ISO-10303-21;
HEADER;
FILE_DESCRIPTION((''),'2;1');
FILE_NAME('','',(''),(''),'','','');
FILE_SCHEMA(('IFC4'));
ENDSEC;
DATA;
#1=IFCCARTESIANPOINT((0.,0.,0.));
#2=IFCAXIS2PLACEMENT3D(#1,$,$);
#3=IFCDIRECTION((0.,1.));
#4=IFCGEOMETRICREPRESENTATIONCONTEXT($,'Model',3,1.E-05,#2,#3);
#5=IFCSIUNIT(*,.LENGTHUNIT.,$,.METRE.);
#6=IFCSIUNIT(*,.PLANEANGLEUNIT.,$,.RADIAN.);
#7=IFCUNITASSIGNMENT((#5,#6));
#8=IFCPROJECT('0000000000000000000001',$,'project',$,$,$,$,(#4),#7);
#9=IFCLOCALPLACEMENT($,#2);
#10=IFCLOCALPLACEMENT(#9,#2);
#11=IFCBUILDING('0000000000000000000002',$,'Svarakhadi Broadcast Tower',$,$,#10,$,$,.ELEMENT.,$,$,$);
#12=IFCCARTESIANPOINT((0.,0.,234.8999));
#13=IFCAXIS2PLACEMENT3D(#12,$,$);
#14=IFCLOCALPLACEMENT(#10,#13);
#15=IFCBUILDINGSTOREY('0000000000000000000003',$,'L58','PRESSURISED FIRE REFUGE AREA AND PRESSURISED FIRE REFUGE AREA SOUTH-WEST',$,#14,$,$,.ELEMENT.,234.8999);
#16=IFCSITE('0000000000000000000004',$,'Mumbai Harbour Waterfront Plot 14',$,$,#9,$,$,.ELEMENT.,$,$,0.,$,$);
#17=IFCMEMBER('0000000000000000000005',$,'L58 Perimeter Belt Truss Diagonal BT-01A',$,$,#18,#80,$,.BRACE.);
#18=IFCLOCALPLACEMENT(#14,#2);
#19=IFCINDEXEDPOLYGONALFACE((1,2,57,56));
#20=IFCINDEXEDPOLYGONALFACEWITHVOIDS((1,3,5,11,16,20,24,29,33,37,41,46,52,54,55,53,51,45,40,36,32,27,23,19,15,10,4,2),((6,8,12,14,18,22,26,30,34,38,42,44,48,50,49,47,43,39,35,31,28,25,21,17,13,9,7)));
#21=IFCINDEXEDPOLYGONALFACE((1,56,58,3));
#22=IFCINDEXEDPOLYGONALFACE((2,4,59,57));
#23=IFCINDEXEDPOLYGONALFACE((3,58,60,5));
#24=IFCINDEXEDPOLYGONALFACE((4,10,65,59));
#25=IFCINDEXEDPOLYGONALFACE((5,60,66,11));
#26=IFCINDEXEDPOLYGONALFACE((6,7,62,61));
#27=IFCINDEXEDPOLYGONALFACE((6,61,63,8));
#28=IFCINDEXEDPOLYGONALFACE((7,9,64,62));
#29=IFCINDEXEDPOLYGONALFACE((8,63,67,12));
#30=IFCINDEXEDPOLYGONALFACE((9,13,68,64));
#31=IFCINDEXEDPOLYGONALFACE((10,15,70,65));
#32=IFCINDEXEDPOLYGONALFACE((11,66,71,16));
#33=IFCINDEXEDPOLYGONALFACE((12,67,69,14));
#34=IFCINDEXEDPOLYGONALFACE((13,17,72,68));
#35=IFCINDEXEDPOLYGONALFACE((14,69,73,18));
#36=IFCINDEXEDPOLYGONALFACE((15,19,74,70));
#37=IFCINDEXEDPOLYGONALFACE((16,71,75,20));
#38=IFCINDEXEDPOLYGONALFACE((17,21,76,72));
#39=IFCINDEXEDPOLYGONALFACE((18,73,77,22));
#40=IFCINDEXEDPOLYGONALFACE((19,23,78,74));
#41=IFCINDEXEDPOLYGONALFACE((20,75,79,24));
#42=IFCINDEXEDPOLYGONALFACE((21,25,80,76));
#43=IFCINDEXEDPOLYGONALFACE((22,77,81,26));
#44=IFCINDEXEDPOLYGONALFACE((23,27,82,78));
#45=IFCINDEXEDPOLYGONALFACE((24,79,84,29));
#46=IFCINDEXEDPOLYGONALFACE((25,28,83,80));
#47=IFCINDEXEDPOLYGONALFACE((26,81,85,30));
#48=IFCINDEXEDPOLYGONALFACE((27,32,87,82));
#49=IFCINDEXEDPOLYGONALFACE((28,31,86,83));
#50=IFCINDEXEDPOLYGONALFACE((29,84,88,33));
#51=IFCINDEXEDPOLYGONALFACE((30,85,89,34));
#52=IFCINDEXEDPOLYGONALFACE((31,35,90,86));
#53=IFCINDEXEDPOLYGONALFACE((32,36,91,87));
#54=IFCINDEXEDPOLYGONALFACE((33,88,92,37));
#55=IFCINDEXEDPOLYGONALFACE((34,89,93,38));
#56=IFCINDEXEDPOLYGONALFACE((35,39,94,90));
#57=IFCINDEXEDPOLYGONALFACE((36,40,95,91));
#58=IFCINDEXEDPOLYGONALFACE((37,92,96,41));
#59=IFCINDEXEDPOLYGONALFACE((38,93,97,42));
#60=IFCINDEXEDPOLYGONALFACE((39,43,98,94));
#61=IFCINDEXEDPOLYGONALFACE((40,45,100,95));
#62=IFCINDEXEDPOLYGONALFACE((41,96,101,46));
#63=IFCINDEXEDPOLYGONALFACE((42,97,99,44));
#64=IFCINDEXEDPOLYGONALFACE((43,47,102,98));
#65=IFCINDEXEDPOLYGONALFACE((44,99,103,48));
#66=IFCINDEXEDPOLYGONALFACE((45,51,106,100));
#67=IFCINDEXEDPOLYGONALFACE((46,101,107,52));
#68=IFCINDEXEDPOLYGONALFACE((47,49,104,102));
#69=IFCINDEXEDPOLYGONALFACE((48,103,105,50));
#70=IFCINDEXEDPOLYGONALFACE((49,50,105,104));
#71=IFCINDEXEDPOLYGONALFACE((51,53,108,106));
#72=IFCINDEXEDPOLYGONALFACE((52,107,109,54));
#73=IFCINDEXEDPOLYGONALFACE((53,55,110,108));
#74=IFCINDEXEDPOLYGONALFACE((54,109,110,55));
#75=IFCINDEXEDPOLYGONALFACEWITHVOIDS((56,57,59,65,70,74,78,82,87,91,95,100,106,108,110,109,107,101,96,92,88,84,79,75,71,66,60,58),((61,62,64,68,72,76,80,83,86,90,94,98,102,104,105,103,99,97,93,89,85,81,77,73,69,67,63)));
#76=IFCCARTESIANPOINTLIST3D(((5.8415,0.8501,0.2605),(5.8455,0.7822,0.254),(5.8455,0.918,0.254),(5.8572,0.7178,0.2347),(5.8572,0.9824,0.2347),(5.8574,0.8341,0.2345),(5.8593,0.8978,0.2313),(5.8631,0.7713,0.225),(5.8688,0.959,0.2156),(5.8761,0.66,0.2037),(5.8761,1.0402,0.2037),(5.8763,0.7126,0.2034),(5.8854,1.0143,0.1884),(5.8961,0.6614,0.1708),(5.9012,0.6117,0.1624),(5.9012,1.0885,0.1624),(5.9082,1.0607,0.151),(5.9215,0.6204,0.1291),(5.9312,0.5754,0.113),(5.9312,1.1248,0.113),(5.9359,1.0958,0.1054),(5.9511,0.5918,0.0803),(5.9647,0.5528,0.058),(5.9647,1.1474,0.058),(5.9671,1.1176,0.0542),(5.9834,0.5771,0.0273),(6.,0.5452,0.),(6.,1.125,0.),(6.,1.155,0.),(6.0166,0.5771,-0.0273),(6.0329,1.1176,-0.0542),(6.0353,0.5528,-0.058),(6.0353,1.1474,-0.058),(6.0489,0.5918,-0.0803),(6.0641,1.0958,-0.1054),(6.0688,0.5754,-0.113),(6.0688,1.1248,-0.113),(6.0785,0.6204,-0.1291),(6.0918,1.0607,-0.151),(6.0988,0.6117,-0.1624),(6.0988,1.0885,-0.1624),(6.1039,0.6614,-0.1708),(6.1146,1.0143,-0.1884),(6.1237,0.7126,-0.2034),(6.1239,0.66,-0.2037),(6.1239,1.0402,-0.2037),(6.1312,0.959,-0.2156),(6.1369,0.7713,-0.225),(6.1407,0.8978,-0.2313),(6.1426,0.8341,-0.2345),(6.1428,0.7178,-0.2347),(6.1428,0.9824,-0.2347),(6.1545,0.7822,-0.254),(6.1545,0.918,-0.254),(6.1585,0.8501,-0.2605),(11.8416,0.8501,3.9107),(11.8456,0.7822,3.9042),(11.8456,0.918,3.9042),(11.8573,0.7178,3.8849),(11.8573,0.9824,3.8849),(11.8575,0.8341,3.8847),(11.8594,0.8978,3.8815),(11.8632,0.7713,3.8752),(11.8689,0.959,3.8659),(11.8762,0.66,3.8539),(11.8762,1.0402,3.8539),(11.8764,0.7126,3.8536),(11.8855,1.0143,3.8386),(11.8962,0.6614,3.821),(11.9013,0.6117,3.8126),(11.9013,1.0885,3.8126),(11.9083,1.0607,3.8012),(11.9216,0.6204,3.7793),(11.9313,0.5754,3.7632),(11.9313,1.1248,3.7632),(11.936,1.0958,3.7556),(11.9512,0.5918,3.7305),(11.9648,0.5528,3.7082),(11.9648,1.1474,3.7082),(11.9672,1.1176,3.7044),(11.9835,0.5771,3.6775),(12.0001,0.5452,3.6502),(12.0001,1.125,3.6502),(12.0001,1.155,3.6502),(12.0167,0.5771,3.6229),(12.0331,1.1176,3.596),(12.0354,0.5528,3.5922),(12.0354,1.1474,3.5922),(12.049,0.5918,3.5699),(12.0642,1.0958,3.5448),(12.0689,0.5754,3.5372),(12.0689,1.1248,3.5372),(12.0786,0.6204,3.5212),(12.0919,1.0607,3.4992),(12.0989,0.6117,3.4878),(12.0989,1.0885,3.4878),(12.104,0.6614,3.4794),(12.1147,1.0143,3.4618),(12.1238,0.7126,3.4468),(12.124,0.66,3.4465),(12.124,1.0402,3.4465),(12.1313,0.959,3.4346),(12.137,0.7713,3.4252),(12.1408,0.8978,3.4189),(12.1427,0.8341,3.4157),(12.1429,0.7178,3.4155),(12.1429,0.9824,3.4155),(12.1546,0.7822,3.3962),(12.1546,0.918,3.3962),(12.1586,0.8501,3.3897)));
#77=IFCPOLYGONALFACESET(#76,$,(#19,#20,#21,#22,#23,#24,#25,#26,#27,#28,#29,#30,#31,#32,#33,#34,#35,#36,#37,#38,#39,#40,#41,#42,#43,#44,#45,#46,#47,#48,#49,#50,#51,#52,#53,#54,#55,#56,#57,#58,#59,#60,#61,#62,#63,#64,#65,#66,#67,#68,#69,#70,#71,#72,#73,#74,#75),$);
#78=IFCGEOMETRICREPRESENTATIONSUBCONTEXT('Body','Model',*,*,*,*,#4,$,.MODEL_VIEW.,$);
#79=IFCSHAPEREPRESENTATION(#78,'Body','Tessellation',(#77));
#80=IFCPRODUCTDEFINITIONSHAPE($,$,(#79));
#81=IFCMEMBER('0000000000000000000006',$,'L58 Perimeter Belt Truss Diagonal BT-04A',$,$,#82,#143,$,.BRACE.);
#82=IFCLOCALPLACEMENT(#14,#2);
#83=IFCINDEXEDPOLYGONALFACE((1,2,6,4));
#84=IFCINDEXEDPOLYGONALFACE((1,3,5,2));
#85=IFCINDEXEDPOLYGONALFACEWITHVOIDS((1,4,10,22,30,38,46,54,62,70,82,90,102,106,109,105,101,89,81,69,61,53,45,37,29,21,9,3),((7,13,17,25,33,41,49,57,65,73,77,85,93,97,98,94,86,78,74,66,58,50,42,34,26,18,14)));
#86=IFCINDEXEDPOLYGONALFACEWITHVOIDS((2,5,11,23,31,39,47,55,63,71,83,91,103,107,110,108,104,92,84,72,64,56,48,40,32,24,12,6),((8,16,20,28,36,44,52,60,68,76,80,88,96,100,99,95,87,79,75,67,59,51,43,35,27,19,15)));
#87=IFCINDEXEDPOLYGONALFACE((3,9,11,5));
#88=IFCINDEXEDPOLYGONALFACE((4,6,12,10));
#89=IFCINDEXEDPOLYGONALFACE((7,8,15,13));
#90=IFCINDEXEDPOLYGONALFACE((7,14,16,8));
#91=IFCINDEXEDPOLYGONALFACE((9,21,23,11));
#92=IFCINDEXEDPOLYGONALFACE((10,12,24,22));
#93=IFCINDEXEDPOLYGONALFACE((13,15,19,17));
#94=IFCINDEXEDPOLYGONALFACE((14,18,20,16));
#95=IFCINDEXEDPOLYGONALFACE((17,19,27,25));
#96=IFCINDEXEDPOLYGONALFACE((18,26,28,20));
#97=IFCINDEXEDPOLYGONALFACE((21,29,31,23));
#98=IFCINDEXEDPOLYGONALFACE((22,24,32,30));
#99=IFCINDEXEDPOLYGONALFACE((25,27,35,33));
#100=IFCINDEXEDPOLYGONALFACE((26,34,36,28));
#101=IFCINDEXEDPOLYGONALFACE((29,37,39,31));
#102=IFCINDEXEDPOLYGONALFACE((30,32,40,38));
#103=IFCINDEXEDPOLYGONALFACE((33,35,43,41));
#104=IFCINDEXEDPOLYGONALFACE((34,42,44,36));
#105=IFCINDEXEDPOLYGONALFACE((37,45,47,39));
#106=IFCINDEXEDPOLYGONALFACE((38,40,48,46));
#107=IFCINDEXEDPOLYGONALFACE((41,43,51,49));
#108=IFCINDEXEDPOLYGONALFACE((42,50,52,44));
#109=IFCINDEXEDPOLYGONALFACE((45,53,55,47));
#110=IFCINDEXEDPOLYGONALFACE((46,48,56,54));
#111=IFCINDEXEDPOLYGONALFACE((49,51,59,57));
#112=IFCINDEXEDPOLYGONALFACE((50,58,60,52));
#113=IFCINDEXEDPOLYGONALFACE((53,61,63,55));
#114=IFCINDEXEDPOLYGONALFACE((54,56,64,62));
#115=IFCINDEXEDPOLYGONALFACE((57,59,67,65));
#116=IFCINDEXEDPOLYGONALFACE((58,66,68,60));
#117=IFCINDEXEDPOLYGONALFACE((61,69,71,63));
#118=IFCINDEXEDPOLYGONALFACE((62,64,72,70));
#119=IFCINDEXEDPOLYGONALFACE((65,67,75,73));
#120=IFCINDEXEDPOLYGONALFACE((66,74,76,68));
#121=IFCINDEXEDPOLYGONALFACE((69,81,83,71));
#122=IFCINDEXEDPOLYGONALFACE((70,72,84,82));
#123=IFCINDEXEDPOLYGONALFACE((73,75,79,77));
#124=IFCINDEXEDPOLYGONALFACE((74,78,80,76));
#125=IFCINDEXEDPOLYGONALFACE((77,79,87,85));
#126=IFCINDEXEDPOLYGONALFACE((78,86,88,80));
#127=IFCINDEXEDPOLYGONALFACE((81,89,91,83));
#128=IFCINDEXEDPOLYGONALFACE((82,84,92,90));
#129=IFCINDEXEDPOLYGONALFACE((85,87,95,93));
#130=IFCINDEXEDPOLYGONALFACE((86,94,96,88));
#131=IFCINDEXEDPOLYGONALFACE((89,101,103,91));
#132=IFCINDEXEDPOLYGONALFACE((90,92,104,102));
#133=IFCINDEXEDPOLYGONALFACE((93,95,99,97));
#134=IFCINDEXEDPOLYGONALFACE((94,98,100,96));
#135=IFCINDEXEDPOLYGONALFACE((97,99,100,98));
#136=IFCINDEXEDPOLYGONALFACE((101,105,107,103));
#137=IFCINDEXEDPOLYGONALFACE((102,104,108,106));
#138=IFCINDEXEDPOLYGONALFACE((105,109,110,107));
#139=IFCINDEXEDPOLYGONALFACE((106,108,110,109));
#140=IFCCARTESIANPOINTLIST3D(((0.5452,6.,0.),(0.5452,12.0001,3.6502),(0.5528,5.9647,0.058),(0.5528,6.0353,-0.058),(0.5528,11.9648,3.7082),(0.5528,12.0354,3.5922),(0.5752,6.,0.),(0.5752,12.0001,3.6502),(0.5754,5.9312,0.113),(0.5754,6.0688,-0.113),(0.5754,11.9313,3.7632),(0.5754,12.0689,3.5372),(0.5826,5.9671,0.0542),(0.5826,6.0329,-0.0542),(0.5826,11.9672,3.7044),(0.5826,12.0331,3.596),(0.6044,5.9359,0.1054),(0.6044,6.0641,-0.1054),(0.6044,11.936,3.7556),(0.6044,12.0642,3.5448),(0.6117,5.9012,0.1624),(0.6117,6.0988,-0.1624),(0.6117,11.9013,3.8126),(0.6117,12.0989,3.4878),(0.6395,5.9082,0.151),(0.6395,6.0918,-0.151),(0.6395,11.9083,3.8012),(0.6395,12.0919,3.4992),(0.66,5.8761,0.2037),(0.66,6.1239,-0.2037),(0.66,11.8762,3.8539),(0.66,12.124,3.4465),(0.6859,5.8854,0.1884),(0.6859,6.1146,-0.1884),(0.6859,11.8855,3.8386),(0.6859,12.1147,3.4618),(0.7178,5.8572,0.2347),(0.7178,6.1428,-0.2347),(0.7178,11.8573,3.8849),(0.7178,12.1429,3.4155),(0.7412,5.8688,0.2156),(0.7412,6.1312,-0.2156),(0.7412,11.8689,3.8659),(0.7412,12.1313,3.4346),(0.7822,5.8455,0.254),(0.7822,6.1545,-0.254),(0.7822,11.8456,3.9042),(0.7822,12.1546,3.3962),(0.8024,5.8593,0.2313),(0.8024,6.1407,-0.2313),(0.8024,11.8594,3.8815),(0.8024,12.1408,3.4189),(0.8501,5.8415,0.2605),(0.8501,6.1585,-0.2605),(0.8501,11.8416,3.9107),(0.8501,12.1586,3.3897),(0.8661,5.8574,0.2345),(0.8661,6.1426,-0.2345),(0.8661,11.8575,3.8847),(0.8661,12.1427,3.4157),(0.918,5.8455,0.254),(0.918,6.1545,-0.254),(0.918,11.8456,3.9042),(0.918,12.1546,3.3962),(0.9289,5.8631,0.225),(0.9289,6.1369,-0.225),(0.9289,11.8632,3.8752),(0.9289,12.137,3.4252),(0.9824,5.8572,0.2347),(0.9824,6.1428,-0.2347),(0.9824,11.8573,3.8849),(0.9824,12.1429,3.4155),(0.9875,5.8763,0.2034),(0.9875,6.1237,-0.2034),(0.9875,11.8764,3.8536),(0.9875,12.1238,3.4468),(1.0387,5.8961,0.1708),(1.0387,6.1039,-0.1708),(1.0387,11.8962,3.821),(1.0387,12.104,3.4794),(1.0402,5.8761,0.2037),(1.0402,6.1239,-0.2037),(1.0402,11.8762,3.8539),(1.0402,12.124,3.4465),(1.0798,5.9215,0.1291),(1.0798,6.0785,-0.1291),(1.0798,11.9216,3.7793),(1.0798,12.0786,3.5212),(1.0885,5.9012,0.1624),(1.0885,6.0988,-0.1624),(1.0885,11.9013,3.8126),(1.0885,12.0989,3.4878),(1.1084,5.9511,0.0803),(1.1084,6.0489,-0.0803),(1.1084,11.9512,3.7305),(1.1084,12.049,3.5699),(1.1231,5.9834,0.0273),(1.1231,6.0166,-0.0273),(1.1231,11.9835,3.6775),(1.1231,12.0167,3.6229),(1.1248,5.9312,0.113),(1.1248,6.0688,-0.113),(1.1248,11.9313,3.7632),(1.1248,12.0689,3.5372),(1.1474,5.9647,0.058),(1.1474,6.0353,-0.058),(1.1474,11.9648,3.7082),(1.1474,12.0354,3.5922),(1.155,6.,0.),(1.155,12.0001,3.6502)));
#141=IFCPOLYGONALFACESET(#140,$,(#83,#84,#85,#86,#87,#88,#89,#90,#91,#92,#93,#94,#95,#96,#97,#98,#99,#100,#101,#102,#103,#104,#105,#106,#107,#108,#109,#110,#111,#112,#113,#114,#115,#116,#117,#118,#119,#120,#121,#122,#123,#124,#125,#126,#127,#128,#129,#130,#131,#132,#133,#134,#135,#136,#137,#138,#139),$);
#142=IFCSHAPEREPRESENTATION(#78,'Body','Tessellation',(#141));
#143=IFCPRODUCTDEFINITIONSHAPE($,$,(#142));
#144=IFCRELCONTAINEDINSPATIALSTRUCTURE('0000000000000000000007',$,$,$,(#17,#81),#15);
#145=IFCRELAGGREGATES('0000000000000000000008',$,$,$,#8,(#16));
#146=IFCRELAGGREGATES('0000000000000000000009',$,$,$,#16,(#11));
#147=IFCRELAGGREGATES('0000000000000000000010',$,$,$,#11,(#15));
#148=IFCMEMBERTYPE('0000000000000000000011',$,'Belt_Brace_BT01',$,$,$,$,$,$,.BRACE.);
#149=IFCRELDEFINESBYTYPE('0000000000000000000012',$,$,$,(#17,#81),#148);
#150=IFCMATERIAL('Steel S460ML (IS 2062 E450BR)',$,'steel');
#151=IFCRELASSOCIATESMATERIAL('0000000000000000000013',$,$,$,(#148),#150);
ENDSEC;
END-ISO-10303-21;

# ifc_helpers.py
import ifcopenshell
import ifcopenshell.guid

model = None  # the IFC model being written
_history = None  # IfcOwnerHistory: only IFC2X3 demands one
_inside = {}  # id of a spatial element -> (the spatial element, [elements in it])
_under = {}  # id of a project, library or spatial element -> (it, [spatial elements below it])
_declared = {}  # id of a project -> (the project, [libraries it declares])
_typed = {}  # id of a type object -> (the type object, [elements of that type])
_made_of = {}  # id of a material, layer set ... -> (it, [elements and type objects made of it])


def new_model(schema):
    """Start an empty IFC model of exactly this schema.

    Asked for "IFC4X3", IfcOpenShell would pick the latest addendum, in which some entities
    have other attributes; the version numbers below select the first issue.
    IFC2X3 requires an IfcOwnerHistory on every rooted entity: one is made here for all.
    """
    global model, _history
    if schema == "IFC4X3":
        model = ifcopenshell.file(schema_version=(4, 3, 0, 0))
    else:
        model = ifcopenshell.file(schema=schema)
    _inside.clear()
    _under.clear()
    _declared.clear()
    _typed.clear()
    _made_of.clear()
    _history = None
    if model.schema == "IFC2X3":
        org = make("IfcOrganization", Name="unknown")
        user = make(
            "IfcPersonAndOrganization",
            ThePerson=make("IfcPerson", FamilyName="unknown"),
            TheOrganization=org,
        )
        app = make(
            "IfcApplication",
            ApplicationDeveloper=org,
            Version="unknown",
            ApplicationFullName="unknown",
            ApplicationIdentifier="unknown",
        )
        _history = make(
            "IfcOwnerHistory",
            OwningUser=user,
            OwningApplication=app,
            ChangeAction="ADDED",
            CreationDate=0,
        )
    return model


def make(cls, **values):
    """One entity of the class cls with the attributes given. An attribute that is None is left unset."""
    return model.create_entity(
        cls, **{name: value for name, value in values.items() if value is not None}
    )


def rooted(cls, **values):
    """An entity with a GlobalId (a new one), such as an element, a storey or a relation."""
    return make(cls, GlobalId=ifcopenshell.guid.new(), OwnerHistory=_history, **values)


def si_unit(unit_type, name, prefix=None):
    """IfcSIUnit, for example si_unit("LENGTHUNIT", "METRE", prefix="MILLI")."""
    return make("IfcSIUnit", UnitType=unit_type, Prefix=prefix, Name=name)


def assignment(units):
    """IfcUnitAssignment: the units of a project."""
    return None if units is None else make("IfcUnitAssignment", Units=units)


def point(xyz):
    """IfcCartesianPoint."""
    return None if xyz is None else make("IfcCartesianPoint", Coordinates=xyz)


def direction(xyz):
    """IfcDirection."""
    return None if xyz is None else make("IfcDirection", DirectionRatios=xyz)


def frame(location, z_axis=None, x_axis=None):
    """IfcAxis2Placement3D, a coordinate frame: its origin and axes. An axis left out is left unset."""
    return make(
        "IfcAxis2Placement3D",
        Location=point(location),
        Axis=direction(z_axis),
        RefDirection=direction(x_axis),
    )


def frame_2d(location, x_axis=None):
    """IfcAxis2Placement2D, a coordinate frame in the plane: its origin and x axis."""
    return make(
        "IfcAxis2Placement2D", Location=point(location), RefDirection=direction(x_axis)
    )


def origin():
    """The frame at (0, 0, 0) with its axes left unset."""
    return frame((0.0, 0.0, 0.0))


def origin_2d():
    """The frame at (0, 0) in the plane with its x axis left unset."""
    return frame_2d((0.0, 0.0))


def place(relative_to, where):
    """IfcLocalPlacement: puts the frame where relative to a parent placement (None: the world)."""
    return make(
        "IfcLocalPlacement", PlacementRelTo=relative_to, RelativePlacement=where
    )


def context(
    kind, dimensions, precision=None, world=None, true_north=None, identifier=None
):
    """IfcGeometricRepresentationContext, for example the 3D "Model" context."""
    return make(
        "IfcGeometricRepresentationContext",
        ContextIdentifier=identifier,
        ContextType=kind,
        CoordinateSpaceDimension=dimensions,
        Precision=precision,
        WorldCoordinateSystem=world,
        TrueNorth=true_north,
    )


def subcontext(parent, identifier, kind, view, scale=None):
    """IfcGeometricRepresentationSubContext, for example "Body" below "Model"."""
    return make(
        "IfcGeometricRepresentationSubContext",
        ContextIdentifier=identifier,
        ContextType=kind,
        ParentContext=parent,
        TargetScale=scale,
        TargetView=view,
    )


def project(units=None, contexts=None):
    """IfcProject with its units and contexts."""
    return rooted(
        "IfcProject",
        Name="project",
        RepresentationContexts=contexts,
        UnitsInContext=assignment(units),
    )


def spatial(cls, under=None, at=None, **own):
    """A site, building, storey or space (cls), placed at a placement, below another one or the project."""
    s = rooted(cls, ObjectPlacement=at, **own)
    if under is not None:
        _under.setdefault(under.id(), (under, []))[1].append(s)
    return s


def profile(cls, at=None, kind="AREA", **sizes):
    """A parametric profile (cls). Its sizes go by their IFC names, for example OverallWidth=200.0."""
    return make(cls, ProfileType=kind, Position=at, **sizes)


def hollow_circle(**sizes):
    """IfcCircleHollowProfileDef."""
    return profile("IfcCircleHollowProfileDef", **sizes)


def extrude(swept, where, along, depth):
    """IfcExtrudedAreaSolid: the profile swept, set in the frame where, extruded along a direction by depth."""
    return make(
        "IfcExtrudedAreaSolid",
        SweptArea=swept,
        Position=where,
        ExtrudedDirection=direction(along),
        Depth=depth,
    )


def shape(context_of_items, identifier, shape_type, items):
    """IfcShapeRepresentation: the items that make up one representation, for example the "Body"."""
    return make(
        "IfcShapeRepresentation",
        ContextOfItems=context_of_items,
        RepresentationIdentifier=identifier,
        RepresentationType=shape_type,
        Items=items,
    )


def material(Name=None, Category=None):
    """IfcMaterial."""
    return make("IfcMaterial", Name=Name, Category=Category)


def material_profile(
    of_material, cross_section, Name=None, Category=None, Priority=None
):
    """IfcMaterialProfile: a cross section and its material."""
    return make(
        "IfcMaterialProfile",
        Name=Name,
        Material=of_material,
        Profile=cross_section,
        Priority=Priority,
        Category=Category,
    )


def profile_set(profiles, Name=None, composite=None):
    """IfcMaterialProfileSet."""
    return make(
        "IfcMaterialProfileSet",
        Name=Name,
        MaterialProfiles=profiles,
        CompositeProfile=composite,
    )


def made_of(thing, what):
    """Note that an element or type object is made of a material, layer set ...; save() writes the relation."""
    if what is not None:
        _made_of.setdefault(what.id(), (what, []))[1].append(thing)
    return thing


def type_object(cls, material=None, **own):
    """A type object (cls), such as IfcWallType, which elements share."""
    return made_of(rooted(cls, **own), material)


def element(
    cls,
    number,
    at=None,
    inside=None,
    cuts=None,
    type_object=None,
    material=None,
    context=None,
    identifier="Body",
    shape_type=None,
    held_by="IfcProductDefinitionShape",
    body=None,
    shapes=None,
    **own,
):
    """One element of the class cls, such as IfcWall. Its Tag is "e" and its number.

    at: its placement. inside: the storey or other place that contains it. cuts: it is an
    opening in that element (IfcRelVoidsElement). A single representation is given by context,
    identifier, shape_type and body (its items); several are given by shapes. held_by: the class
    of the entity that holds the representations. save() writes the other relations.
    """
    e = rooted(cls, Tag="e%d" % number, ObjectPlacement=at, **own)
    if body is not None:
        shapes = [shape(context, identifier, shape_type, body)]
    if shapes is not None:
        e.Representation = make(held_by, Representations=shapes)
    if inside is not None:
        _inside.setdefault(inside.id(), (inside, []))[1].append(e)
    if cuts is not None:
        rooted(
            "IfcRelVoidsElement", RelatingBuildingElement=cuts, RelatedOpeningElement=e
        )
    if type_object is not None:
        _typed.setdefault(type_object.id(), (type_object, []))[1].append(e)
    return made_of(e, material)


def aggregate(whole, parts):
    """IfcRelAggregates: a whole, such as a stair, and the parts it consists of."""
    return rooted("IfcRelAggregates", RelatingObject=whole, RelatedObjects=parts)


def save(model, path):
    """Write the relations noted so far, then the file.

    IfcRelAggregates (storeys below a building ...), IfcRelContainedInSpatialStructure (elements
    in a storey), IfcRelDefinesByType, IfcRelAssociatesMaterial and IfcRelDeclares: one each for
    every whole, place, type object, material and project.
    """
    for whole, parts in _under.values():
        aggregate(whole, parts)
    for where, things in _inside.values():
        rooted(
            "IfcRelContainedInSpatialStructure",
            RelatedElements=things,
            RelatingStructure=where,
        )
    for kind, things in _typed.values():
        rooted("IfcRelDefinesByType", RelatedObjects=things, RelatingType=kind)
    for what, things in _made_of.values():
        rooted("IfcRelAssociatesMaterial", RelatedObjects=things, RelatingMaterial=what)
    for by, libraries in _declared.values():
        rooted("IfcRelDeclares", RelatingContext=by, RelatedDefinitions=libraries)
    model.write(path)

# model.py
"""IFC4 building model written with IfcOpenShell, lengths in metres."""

from ifc_helpers import new_model, si_unit, direction, frame, origin, origin_2d, place, context, subcontext, project, spatial, hollow_circle, extrude, material, material_profile, profile_set, type_object, element, save


model = new_model("IFC4")

# Units and contexts
model_context = context("Model", 3, precision=1e-05, world=origin(), true_north=direction((0.0, 1.0)))
body_context = subcontext(model_context, "Body", "Model", "MODEL_VIEW")
ifc_project = project(units=[si_unit("LENGTHUNIT", "METRE"), si_unit("PLANEANGLEUNIT", "RADIAN")], contexts=[model_context])

# Site, building, storey
site_placement = place(None, origin())
site = spatial("IfcSite", under=ifc_project, at=site_placement, Name="Mumbai Harbour Waterfront Plot 14", CompositionType="ELEMENT", RefElevation=0.0)
building_placement = place(site_placement, origin())
building = spatial("IfcBuilding", under=site, at=building_placement, Name="Svarakhadi Broadcast Tower", CompositionType="ELEMENT")
storey_placement = place(building_placement, frame((0.0, 0.0, 234.8999)))
storey = spatial("IfcBuildingStorey", under=building, at=storey_placement, Name="L58", Description="PRESSURISED FIRE REFUGE AREA AND PRESSURISED FIRE REFUGE AREA SOUTH-WEST", CompositionType="ELEMENT", Elevation=234.8999)

# Shared definitions
ifc_material_1 = material(Name="Steel S460ML (IS 2062 E450BR)", Category="steel")

# Members
ifc_material_profile_1 = material_profile(ifc_material_1, hollow_circle(Radius=0.3049, WallThickness=0.03, at=origin_2d()), Name="CHS 610x30")
ifc_profile_set_1 = profile_set([ifc_material_profile_1], Name="Steel S460ML (IS 2062 E450BR)")
member_type_1 = type_object("IfcMemberType", Name="Belt_Brace_BT01", PredefinedType="BRACE", material=ifc_profile_set_1)
for number, where, z_axis, x_axis, name in (
    (1, (6.0, 0.8501, 0.0), (0.854327, 0.0, 0.519736), (0.0, 1.0, 0.0), "L58 Perimeter Belt Truss Diagonal BT-01A"),
    (2, (0.8501, 6.0, 0.0), (0.0, 0.854327, 0.519736), (-1.0, 0.0, 0.0), "L58 Perimeter Belt Truss Diagonal BT-04A"),
):
    element("IfcMember", number, at=place(storey_placement, frame(where, z_axis=z_axis, x_axis=x_axis)), inside=storey, type_object=member_type_1, Name=name, PredefinedType="BRACE", context=body_context, shape_type="SweptSolid", body=[
        extrude(hollow_circle(Radius=0.3049, WallThickness=0.03, at=origin_2d()), origin(), (0.0, 0.0, 1.0), 7.0232),
    ])

save(model, "model.ifc")
